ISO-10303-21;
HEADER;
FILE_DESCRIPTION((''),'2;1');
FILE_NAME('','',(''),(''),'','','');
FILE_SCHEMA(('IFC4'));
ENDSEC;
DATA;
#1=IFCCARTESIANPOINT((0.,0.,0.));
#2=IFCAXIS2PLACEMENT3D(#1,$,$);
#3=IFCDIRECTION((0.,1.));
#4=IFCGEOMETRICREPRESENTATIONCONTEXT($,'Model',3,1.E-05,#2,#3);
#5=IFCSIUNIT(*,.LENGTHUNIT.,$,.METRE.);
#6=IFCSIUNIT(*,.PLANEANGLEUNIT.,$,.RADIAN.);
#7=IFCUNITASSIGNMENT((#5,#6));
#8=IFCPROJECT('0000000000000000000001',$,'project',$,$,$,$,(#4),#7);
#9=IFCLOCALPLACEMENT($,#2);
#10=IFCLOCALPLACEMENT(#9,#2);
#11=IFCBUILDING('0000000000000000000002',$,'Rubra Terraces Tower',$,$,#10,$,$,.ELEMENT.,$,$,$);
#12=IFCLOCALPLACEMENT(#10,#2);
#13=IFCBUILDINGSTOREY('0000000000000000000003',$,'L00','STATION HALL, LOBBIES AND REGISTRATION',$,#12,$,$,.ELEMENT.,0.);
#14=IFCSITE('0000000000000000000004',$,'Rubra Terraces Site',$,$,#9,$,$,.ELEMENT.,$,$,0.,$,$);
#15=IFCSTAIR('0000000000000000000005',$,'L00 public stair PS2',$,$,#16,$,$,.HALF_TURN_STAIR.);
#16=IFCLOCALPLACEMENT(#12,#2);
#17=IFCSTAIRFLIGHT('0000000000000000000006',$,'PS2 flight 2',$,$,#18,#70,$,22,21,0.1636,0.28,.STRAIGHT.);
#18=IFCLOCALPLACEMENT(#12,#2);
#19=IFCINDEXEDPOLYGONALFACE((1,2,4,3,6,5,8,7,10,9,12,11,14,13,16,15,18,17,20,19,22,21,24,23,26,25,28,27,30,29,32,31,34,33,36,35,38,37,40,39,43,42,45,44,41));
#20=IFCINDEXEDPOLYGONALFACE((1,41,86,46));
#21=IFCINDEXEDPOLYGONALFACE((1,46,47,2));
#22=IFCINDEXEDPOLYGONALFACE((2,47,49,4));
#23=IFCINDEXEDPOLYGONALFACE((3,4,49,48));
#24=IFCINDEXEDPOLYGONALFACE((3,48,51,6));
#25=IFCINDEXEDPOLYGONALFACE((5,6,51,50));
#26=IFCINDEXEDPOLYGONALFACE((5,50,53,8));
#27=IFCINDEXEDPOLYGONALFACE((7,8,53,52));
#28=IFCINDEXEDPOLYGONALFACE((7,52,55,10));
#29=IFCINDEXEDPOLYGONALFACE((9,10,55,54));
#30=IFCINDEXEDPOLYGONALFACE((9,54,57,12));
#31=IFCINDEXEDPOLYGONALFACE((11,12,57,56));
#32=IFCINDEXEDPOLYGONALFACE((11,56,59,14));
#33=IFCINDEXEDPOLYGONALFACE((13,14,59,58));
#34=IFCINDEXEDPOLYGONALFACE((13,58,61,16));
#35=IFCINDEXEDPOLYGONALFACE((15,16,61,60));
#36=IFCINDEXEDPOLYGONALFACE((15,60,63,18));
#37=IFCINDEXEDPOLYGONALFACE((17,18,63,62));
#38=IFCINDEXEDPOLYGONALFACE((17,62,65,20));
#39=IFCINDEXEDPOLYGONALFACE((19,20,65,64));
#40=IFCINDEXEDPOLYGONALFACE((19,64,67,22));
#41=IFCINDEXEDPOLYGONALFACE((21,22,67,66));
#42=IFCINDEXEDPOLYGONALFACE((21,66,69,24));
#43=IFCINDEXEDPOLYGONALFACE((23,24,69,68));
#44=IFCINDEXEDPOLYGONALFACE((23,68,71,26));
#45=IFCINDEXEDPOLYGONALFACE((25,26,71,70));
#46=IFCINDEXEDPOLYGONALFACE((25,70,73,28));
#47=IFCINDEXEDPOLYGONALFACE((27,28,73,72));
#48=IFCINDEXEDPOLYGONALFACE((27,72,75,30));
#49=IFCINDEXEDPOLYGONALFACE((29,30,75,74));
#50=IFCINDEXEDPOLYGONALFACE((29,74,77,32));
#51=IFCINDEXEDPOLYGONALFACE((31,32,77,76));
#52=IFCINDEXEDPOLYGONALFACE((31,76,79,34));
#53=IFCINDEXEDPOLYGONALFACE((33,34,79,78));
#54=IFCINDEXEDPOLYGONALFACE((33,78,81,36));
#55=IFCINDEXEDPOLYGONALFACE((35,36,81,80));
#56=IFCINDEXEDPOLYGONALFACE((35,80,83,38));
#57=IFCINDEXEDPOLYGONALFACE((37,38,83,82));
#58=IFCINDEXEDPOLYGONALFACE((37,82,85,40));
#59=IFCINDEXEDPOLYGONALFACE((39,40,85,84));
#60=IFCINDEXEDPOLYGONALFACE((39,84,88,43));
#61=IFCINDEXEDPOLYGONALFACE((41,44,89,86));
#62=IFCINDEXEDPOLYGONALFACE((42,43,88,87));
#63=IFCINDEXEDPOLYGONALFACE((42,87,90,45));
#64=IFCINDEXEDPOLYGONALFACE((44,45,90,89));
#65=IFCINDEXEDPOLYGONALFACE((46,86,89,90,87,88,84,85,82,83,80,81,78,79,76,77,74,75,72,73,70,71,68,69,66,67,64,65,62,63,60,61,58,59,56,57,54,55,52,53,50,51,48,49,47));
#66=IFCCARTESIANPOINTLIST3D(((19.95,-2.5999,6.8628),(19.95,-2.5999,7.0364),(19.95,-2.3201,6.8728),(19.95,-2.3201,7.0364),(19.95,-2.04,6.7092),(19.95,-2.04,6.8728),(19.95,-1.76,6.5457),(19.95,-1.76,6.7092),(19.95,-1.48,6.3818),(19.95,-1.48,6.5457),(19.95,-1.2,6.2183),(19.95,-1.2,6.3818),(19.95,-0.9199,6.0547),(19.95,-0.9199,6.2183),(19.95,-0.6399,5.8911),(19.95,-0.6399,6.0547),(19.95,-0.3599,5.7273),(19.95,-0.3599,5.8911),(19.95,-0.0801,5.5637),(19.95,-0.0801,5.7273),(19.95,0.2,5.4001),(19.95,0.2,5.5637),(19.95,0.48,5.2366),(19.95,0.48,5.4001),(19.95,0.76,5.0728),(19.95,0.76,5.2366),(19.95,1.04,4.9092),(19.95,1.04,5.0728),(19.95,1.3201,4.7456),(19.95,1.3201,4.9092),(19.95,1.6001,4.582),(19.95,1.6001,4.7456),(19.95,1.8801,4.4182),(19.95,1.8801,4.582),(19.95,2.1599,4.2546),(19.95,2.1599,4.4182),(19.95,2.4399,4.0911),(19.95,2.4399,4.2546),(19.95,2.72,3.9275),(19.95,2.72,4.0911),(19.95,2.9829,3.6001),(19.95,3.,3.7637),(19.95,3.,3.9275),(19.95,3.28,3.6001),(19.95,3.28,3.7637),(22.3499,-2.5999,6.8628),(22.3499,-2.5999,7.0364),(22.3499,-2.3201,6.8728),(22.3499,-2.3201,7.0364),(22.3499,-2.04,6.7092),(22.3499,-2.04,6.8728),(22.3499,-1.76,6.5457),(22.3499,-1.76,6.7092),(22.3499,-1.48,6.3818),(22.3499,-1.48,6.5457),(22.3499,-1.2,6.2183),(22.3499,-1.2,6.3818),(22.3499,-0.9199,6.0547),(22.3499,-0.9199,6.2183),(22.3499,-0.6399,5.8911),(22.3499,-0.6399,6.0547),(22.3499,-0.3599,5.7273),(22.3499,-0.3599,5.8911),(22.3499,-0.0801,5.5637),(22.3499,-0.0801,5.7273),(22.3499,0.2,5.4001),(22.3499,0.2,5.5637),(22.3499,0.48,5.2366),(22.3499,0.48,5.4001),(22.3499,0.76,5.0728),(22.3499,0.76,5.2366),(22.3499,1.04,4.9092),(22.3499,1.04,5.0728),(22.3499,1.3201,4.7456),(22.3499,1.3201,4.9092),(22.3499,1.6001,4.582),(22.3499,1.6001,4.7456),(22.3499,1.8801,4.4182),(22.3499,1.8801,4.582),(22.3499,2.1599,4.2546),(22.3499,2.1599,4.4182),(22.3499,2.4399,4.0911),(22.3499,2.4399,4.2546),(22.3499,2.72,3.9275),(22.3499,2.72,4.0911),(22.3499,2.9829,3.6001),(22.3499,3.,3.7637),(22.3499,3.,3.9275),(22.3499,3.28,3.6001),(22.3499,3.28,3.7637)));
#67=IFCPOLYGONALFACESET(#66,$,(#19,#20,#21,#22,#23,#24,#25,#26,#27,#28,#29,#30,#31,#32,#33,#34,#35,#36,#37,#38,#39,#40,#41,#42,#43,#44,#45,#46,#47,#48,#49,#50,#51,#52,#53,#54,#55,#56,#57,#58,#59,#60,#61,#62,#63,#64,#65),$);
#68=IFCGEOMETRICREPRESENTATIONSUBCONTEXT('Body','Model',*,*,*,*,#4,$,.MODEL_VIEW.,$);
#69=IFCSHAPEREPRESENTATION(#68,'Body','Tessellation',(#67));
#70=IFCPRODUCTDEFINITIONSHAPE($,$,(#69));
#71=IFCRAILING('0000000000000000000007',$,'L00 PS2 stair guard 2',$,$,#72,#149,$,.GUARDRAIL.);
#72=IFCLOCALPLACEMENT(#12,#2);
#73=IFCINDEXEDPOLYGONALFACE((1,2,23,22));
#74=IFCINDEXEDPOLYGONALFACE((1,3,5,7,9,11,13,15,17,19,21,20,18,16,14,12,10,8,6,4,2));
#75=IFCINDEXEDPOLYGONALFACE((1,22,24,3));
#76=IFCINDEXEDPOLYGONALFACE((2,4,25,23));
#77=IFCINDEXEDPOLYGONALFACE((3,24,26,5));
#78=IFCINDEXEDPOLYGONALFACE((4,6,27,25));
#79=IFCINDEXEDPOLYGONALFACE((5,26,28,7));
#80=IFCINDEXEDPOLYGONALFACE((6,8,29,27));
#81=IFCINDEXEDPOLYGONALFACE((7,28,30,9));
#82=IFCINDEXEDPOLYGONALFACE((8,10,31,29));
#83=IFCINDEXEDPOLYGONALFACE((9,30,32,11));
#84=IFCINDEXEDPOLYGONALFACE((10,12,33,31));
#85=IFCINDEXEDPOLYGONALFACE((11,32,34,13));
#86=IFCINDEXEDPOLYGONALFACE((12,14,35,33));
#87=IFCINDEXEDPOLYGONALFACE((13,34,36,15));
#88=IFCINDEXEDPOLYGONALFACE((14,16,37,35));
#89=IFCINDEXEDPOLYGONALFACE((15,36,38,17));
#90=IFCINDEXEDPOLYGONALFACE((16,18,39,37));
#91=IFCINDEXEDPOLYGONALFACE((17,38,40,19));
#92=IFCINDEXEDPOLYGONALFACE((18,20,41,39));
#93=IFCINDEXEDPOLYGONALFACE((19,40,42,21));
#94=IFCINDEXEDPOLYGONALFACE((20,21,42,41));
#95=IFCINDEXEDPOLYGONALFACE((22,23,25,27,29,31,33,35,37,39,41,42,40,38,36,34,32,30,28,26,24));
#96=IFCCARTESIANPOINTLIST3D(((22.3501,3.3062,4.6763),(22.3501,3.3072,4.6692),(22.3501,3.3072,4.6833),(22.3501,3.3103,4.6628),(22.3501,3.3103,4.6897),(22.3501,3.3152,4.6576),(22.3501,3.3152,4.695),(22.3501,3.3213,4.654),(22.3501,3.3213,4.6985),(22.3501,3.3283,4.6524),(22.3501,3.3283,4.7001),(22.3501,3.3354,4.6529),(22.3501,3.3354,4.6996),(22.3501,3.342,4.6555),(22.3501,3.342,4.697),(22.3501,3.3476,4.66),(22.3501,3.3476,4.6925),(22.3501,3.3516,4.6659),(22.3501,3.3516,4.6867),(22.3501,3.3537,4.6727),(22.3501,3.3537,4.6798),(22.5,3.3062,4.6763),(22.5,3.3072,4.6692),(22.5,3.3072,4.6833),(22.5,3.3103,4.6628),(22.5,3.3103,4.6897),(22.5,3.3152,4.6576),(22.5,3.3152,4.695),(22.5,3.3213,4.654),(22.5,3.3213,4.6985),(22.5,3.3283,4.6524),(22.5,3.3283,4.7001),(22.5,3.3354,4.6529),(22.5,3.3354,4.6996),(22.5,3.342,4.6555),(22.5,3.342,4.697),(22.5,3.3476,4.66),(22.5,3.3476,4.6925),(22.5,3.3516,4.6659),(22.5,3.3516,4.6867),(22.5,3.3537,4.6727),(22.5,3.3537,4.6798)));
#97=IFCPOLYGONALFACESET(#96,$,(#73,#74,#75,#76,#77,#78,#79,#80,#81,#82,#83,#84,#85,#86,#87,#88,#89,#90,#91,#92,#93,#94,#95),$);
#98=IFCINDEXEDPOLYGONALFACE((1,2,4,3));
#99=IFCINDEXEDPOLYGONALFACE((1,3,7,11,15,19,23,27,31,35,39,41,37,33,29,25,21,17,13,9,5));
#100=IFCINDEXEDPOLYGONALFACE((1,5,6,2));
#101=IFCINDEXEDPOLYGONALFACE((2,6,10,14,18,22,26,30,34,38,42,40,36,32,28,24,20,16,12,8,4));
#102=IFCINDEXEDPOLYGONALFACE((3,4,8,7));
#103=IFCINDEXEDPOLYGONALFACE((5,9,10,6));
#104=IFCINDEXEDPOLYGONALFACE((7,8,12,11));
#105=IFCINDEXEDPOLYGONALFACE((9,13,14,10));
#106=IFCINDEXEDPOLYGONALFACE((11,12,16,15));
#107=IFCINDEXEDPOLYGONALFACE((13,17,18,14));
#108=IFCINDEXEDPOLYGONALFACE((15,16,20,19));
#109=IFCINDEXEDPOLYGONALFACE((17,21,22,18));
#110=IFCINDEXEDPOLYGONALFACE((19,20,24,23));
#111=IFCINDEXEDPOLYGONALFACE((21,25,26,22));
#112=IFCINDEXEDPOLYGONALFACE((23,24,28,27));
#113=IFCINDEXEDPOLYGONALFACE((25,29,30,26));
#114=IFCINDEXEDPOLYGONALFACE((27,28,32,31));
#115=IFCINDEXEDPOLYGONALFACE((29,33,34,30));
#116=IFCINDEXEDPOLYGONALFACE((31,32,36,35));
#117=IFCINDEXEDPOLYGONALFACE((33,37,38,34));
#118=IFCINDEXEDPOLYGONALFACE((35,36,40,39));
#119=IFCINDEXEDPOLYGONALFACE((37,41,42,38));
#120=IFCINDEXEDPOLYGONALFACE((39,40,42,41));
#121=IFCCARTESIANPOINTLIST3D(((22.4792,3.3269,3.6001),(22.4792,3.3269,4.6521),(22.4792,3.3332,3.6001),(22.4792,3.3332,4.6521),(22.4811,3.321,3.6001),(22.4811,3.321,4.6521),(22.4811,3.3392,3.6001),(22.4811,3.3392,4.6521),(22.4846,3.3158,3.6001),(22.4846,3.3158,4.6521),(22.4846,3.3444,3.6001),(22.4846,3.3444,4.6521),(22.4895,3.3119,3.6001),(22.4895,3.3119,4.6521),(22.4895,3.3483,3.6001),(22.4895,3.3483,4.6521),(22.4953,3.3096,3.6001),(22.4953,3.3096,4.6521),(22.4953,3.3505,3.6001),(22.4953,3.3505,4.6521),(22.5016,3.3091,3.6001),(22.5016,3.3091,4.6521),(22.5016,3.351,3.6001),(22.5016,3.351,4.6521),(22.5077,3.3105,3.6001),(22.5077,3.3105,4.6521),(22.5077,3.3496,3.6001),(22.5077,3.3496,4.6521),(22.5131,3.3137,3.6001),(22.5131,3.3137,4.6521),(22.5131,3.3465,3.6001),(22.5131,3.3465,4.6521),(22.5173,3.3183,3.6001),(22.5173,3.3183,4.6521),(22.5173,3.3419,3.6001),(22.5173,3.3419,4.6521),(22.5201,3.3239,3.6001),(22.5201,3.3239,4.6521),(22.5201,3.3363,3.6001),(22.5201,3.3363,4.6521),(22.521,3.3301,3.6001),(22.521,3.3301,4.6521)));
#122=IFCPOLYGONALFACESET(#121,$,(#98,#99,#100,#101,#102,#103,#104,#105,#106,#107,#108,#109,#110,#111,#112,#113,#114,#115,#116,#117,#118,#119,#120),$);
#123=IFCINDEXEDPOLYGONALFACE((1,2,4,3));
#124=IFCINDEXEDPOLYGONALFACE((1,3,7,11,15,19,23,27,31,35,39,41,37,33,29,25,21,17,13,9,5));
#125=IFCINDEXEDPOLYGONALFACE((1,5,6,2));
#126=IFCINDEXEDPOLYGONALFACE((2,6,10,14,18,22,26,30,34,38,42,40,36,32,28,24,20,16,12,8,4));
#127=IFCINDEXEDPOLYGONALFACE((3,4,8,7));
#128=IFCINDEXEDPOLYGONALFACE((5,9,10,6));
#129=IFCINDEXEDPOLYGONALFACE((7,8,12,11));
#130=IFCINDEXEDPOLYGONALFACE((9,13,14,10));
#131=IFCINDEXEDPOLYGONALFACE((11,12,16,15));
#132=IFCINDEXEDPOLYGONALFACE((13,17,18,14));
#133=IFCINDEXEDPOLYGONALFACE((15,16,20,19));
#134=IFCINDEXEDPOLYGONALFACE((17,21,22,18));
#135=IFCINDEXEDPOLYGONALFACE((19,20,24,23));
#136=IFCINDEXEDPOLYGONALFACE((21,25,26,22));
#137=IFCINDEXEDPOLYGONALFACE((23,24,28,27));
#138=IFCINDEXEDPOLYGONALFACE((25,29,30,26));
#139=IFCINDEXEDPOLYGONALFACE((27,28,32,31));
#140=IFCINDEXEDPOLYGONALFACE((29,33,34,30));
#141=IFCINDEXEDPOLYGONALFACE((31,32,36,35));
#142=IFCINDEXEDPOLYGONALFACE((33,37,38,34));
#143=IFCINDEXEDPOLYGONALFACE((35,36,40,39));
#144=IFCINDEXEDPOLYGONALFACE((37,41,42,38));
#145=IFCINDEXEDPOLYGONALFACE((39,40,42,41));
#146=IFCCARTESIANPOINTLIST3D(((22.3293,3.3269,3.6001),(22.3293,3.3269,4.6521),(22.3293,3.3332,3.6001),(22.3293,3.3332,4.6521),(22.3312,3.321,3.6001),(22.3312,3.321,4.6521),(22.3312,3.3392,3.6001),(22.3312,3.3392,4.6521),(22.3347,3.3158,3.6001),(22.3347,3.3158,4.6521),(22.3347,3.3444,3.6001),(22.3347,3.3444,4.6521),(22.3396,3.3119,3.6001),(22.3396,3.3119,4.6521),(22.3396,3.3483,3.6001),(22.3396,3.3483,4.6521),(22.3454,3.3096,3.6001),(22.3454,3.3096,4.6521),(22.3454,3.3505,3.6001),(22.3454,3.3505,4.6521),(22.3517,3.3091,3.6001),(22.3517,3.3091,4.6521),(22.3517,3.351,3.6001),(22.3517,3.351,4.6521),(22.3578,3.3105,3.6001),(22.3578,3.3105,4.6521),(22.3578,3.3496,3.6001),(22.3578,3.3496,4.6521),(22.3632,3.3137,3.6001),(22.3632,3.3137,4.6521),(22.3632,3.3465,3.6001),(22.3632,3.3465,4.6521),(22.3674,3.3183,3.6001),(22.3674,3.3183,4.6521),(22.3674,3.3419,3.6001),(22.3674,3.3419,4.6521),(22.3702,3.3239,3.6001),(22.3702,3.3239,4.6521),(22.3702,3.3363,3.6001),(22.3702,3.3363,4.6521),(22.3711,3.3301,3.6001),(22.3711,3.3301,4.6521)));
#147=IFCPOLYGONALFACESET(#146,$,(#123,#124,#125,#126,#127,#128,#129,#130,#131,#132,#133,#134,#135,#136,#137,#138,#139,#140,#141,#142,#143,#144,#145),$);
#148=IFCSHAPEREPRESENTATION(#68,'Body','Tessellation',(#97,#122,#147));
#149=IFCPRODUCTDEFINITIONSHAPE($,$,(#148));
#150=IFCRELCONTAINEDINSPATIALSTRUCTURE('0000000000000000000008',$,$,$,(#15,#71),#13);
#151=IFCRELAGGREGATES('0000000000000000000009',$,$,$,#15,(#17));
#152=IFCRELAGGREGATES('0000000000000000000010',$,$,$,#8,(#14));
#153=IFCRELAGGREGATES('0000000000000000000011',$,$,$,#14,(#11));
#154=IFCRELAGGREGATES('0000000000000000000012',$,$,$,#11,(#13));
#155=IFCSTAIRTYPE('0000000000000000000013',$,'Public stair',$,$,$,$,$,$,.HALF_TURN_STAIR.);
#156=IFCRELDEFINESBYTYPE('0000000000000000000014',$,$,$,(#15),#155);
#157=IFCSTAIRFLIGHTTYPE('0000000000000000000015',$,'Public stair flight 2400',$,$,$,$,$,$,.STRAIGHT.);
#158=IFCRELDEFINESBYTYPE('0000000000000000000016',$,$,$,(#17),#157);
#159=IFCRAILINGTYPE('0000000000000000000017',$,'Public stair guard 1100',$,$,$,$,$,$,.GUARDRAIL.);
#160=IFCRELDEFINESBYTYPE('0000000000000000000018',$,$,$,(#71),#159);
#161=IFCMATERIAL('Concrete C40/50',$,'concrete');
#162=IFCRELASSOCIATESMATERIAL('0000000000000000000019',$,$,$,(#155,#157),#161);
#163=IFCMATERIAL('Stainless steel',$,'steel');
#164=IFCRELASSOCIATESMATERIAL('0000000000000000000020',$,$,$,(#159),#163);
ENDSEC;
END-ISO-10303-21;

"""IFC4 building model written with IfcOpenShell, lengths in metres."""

from ifc_helpers import new_model, si_unit, direction, frame, origin, origin_2d, place, context, subcontext, project, spatial, polyline, circle, outline, extrude, material, type_object, element, aggregate, save


model = new_model("IFC4")

# Units and contexts
model_context = context("Model", 3, precision=1e-05, world=origin(), true_north=direction((0.0, 1.0)))
body_context = subcontext(model_context, "Body", "Model", "MODEL_VIEW")
ifc_project = project(units=[si_unit("LENGTHUNIT", "METRE"), si_unit("PLANEANGLEUNIT", "RADIAN")], contexts=[model_context])

# Site, building, storey
site_placement = place(None, origin())
site = spatial("IfcSite", under=ifc_project, at=site_placement, Name="Rubra Terraces Site", CompositionType="ELEMENT", RefElevation=0.0)
building_placement = place(site_placement, origin())
building = spatial("IfcBuilding", under=site, at=building_placement, Name="Rubra Terraces Tower", CompositionType="ELEMENT")
storey_placement = place(building_placement, origin())
storey = spatial("IfcBuildingStorey", under=building, at=storey_placement, Name="L00", Description="STATION HALL, LOBBIES AND REGISTRATION", CompositionType="ELEMENT", Elevation=0.0)

# Shared definitions
ifc_material_1 = material(Name="Concrete C40/50", Category="concrete")

# Stair, stair flight
stair_type = type_object("IfcStairType", Name="Public stair", PredefinedType="HALF_TURN_STAIR", material=ifc_material_1)
stair_placement = place(storey_placement, origin())
stair = element("IfcStair", 1, at=stair_placement, inside=storey, type_object=stair_type, Name="L00 public stair PS2", PredefinedType="HALF_TURN_STAIR")
stair_flight_type = type_object("IfcStairFlightType", Name="Public stair flight 2400", PredefinedType="STRAIGHT", material=ifc_material_1)
stair_flight_placement = place(storey_placement, frame((21.1499, 3.28, 3.6001), z_axis=(0.0, 0.0, 1.0), x_axis=(0.0, -1.0, 0.0)))
stair_flight = element("IfcStairFlight", 2, at=stair_flight_placement, type_object=stair_flight_type, Name="PS2 flight 2", NumberOfRisers=22, NumberOfTreads=21, PredefinedType="STRAIGHT", RiserHeight=0.1636, TreadLength=0.28, context=body_context, shape_type="SweptSolid", body=[
    extrude(outline(polyline([(0.0, 0.0), (0.0, 0.1636), (0.28, 0.1636), (0.28, 0.3274), (0.5601, 0.3274), (0.5601, 0.491), (0.8401, 0.491), (0.8401, 0.6545), (1.1201, 0.6545), (1.1201, 0.8181), (1.3999, 0.8181), (1.3999, 0.9819), (1.6799, 0.9819), (1.6799, 1.1455), (1.96, 1.1455), (1.96, 1.3091), (2.24, 1.3091), (2.24, 1.4727), (2.52, 1.4727), (2.52, 1.6365), (2.8, 1.6365), (2.8, 1.8), (3.0801, 1.8), (3.0801, 1.9636), (3.3601, 1.9636), (3.3601, 2.1272), (3.6399, 2.1272), (3.6399, 2.291), (3.9199, 2.291), (3.9199, 2.4546), (4.2, 2.4546), (4.2, 2.6182), (4.48, 2.6182), (4.48, 2.7817), (4.76, 2.7817), (4.76, 2.9456), (5.04, 2.9456), (5.04, 3.1091), (5.3201, 3.1091), (5.3201, 3.2727), (5.6001, 3.2727), (5.6001, 3.4363), (5.8799, 3.4363), (5.8799, 3.6001), (5.8799, 3.2627), (0.2971, 0.0), (0.0, 0.0)])), frame((0.0, 1.2, 0.0), z_axis=(0.0, -1.0, 0.0), x_axis=(1.0, 0.0, 0.0)), (0.0, 0.0, 1.0), 2.3999),
])
aggregate(stair, [stair_flight])

# Railing
ifc_material_2 = material(Name="Stainless steel", Category="steel")
railing_type_1 = type_object("IfcRailingType", Name="Public stair guard 1100", PredefinedType="GUARDRAIL", material=ifc_material_2)
railing_1_placement = place(storey_placement, frame((22.5, 3.3301, 3.6001)))
element("IfcRailing", 3, at=railing_1_placement, inside=storey, type_object=railing_type_1, Name="L00 PS2 stair guard 2", PredefinedType="GUARDRAIL", context=body_context, shape_type="SweptSolid", body=[
    extrude(circle(Radius=0.0239, at=origin_2d()), frame((0.0, 0.0, 1.0762), z_axis=(-1.0, 0.0, 0.0), x_axis=(0.0, -1.0, 0.0)), (0.0, 0.0, 1.0), 0.1499),
    extrude(circle(Radius=0.021, at=origin_2d()), origin(), (0.0, 0.0, 1.0), 1.052),
    extrude(circle(Radius=0.021, at=origin_2d()), frame((-0.1499, 0.0, 0.0)), (0.0, 0.0, 1.0), 1.052),
])

save(model, "model.ifc")
